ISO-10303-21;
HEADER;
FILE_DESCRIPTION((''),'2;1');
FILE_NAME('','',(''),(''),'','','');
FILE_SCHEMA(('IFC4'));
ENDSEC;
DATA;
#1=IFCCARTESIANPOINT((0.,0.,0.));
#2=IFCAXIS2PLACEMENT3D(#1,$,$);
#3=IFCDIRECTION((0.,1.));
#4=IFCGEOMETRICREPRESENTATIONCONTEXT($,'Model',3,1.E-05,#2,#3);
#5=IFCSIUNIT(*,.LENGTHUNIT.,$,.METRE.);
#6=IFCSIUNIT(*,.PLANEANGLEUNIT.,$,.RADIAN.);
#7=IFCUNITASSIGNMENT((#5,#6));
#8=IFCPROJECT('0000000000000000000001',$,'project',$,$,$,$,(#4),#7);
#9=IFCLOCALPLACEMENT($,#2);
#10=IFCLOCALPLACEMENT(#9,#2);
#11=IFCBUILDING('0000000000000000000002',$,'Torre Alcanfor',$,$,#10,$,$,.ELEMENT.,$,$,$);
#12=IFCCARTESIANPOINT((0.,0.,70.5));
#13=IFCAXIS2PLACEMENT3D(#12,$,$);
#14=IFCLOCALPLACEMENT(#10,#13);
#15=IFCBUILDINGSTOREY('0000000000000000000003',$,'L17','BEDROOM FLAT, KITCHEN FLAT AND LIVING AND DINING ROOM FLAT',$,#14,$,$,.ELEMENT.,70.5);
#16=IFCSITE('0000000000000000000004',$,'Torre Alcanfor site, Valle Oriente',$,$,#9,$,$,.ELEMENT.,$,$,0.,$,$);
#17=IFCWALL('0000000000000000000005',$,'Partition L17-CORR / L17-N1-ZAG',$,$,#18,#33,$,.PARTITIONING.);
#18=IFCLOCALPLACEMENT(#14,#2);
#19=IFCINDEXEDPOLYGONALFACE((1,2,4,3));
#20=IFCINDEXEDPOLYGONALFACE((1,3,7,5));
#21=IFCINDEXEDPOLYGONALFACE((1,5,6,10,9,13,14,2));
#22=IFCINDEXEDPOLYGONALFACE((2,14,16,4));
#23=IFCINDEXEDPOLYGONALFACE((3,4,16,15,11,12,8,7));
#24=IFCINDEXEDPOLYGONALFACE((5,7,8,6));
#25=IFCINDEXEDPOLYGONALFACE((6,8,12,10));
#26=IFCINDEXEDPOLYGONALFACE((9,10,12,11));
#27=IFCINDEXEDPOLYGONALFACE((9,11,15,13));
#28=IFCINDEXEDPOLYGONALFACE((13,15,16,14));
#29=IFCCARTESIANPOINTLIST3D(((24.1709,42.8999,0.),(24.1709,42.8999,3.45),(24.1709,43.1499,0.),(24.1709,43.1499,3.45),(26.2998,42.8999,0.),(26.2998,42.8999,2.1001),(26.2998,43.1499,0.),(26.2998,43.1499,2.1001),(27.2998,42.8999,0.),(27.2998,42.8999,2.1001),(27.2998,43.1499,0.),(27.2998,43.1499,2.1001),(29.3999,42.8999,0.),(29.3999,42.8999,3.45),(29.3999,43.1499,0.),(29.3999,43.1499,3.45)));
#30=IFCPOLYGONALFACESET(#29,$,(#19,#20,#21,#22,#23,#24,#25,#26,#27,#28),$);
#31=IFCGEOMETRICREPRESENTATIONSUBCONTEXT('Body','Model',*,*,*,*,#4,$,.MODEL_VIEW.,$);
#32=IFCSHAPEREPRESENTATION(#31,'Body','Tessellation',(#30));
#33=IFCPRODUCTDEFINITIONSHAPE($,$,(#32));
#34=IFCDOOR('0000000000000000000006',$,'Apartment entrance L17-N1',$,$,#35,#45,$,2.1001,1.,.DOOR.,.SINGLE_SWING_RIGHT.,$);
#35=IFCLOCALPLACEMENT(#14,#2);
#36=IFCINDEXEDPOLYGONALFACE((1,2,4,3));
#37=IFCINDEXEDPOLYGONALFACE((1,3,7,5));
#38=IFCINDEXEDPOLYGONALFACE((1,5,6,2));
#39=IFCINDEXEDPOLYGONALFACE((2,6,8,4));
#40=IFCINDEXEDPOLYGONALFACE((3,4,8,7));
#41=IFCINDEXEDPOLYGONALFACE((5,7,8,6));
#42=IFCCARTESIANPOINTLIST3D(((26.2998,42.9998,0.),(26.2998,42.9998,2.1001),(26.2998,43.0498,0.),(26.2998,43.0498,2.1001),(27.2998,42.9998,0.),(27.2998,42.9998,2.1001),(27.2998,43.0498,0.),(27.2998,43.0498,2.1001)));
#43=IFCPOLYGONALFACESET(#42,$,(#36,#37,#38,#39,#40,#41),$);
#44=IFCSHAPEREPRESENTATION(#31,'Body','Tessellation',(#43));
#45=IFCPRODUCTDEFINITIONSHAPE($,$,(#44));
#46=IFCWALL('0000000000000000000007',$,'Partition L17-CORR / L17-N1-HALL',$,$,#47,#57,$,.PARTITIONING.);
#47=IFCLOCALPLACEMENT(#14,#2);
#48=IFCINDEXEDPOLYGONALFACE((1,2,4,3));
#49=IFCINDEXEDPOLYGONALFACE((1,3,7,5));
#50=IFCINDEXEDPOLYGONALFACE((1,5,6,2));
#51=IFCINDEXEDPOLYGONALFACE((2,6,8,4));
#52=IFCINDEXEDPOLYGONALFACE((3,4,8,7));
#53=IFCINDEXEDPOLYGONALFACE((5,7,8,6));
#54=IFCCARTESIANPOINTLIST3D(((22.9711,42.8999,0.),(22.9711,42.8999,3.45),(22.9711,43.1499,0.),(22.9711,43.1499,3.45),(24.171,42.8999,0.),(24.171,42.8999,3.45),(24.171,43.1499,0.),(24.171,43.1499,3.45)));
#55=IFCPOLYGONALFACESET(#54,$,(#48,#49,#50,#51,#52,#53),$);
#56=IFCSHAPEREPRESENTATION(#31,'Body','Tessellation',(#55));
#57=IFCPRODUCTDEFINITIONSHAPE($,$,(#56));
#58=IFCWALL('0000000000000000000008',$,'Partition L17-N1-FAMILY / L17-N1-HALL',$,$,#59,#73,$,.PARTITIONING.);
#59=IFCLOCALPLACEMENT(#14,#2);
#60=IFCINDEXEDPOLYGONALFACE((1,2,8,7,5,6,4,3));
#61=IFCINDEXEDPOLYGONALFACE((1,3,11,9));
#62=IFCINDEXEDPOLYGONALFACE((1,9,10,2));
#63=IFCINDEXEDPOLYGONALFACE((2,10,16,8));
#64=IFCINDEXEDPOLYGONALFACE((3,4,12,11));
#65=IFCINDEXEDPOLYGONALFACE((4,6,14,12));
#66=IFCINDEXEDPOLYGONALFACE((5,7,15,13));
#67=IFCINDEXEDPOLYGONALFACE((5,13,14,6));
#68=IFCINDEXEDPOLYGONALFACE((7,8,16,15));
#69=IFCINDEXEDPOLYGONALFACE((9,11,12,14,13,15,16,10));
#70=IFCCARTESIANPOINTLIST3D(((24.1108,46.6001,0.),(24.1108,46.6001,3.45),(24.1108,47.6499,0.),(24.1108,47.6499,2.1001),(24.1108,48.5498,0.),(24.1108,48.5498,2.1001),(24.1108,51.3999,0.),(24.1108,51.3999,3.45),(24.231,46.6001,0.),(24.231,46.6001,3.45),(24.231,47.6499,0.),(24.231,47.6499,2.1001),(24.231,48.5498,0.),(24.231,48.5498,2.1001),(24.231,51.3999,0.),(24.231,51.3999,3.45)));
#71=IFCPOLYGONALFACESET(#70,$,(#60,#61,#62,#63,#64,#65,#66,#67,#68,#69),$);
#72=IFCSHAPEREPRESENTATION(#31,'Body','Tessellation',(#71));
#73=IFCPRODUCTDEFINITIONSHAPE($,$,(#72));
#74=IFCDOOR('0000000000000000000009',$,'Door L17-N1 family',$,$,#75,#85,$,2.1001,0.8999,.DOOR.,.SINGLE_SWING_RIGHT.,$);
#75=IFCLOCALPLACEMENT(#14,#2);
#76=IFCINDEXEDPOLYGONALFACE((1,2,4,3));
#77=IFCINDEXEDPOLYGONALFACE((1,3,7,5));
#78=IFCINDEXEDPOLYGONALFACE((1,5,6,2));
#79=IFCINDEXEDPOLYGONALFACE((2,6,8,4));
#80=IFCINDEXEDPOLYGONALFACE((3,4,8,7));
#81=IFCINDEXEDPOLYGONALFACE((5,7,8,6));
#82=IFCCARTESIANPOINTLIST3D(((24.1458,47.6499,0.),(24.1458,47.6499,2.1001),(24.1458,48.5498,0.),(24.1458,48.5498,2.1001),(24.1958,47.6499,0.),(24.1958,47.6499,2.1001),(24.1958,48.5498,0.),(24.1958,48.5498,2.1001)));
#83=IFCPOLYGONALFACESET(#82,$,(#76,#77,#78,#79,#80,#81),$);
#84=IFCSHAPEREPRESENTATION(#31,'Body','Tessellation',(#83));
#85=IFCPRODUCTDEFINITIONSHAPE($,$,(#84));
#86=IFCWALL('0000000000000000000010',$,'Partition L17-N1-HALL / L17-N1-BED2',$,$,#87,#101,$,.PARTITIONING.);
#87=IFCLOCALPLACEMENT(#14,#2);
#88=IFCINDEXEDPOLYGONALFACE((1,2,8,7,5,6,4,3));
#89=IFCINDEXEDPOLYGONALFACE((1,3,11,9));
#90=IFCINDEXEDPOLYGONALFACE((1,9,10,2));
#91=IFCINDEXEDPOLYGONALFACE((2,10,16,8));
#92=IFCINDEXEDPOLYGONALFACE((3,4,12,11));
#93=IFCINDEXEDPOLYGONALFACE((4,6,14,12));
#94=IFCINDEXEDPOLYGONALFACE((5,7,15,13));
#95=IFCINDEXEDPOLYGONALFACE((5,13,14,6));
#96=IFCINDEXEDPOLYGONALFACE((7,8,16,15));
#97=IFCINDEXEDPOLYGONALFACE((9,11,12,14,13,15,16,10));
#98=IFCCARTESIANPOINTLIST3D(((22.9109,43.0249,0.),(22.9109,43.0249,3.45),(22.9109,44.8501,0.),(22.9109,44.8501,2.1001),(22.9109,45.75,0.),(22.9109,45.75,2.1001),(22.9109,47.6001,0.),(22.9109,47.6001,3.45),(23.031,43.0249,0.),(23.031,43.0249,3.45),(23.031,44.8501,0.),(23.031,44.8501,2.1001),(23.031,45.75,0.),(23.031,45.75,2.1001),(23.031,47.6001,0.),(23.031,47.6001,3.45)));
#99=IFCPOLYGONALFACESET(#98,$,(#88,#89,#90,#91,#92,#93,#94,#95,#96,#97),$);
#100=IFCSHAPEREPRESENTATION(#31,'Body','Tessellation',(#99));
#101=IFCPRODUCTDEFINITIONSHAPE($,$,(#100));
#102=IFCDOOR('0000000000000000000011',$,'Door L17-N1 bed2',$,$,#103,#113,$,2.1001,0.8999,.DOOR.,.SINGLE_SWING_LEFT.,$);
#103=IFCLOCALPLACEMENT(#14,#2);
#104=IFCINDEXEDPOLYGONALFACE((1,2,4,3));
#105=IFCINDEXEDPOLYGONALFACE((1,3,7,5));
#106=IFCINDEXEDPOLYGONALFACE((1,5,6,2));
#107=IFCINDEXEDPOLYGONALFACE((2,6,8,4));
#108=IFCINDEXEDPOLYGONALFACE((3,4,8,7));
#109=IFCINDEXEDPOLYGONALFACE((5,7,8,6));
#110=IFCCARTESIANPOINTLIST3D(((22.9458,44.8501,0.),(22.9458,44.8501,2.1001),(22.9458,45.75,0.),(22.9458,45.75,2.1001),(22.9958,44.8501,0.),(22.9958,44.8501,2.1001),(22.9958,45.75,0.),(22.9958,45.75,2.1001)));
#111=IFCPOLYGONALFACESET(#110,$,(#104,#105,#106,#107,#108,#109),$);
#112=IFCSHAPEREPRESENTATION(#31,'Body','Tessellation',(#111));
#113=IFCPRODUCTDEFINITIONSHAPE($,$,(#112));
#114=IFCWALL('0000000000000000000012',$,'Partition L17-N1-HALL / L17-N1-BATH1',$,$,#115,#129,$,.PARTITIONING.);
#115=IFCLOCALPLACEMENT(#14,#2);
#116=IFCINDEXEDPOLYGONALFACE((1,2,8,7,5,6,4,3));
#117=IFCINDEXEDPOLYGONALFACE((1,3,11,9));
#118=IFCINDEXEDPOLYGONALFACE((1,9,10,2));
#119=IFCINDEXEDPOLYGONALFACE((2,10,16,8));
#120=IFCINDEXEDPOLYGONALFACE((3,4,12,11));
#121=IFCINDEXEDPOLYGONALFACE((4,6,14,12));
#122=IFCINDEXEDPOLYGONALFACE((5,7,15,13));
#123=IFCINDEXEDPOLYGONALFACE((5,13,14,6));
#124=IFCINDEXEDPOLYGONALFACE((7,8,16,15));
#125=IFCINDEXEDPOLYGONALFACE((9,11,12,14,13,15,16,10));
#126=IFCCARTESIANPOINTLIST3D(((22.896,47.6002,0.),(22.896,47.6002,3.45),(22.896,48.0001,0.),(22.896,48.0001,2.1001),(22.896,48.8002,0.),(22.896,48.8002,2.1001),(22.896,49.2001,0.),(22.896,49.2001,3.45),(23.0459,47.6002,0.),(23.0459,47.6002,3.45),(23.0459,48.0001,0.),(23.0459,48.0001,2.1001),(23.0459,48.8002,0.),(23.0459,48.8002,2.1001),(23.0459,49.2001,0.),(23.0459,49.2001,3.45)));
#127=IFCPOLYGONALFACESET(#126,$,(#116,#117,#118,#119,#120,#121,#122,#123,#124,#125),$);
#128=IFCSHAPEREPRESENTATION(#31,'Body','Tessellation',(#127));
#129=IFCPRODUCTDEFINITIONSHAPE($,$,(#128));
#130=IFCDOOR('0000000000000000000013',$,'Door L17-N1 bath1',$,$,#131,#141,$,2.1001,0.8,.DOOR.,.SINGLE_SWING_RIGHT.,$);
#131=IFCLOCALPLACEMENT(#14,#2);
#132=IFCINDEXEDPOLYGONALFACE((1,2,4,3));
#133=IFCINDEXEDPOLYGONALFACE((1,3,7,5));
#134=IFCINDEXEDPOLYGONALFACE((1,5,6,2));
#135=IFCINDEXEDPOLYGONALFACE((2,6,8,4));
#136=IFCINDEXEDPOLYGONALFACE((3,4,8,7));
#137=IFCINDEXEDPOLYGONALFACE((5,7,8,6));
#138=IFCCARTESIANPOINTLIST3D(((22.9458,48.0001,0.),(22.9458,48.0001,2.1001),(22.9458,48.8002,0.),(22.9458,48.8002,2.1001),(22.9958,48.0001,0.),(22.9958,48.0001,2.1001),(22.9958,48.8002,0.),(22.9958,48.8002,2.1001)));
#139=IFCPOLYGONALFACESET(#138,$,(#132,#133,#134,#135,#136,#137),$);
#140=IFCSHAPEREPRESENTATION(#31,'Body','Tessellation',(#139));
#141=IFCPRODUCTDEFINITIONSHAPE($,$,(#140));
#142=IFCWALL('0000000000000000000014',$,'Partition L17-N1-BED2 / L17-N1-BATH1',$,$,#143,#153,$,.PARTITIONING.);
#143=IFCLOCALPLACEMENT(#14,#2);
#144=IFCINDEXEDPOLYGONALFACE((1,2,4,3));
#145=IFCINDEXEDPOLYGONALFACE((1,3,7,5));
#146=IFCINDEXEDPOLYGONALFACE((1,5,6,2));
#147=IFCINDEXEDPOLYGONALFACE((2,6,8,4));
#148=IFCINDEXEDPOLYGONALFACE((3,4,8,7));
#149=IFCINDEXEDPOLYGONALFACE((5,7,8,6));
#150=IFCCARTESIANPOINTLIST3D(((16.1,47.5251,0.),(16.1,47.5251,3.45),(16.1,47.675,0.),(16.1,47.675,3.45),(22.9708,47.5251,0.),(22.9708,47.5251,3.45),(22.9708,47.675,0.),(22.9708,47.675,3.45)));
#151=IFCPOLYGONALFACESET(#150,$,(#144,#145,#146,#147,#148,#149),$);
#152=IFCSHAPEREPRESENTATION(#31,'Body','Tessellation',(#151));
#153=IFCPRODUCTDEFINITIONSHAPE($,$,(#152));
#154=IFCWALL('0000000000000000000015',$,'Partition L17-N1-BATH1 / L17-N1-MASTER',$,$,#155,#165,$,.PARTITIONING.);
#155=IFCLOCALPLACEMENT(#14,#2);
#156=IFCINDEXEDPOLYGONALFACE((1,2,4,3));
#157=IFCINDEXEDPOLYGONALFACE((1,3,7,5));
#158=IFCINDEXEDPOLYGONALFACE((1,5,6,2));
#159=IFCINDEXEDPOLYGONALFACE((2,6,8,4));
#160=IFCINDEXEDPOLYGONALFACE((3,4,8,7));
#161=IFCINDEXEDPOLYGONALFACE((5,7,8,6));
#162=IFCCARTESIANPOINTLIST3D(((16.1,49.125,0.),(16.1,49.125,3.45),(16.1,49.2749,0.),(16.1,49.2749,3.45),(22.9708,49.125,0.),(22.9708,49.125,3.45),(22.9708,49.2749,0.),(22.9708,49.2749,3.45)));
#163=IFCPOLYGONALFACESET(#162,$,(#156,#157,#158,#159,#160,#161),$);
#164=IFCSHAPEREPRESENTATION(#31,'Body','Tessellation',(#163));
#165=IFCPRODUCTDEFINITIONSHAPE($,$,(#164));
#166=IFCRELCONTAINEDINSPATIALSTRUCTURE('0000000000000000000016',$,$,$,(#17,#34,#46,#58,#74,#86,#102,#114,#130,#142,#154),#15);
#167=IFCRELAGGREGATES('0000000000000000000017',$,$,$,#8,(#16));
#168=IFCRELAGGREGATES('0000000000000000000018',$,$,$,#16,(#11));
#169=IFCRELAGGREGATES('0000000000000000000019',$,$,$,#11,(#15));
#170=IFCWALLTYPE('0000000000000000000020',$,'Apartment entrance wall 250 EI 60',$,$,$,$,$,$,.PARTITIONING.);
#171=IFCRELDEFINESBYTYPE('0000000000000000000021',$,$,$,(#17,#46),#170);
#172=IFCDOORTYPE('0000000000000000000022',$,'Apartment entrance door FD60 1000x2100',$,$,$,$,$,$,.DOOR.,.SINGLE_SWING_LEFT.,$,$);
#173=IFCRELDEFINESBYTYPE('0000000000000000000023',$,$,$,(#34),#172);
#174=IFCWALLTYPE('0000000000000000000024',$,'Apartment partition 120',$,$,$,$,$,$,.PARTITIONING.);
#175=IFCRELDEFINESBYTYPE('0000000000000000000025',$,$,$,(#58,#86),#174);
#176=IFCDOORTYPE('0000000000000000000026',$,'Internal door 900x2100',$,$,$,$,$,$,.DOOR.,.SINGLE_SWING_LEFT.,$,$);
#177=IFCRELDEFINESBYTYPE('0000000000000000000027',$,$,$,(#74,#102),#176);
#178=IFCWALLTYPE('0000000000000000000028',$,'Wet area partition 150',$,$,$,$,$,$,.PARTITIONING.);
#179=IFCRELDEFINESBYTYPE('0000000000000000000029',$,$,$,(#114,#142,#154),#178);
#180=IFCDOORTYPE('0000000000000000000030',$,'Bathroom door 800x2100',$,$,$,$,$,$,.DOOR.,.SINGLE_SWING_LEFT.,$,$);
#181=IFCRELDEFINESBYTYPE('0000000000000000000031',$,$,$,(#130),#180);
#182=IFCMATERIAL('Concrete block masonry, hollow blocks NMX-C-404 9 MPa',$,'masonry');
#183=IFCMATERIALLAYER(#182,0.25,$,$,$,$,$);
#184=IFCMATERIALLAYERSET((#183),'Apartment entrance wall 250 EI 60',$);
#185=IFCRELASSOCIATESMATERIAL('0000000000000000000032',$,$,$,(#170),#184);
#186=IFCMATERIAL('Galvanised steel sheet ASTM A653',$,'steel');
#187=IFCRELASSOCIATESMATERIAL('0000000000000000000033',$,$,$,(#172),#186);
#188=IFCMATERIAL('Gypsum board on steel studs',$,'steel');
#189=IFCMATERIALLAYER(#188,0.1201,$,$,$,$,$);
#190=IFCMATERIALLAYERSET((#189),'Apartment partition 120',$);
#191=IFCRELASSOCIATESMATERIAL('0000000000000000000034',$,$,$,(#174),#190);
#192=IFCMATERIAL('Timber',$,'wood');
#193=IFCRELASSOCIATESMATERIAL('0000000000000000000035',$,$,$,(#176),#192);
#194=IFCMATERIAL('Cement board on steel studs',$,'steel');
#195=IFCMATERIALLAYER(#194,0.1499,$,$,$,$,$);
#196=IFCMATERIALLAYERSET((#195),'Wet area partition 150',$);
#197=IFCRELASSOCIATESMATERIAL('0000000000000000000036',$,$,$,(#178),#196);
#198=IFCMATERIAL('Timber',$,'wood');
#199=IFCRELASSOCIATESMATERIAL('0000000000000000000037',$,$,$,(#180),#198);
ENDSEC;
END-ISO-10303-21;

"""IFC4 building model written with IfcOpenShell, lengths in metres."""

from ifc_helpers import new_model, si_unit, direction, frame, frame_2d, origin, place, context, subcontext, project, spatial, rectangle, extrude, material, layer, layer_set, type_object, element, fill, save


model = new_model("IFC4")

# Units and contexts
model_context = context("Model", 3, precision=1e-05, world=origin(), true_north=direction((0.0, 1.0)))
body_context = subcontext(model_context, "Body", "Model", "MODEL_VIEW")
ifc_project = project(units=[si_unit("LENGTHUNIT", "METRE"), si_unit("PLANEANGLEUNIT", "RADIAN")], contexts=[model_context])

# Site, building, storey
site_placement = place(None, origin())
site = spatial("IfcSite", under=ifc_project, at=site_placement, Name="Torre Alcanfor site, Valle Oriente", CompositionType="ELEMENT", RefElevation=0.0)
building_placement = place(site_placement, origin())
building = spatial("IfcBuilding", under=site, at=building_placement, Name="Torre Alcanfor", CompositionType="ELEMENT")
storey_placement = place(building_placement, frame((0.0, 0.0, 70.5)))
storey = spatial("IfcBuildingStorey", under=building, at=storey_placement, Name="L17", Description="BEDROOM FLAT, KITCHEN FLAT AND LIVING AND DINING ROOM FLAT", CompositionType="ELEMENT", Elevation=70.5)

# Wall, opening, door
ifc_material_1 = material(Name="Concrete block masonry, hollow blocks NMX-C-404 9 MPa", Category="masonry")
ifc_layer_1 = layer(ifc_material_1, 0.25)
ifc_layer_set_1 = layer_set([ifc_layer_1], Name="Apartment entrance wall 250 EI 60")
wall_type_1 = type_object("IfcWallType", Name="Apartment entrance wall 250 EI 60", PredefinedType="PARTITIONING", material=ifc_layer_set_1)
wall_1_placement = place(storey_placement, frame((24.1709, 43.0249, 0.0), z_axis=(0.0, 0.0, 1.0), x_axis=(1.0, 0.0, 0.0)))
wall_1 = element("IfcWall", 1, at=wall_1_placement, inside=storey, type_object=wall_type_1, Name="Partition L17-CORR / L17-N1-ZAG", PredefinedType="PARTITIONING", context=body_context, shape_type="SweptSolid", body=[
    extrude(rectangle(XDim=5.229, YDim=0.25, at=frame_2d((2.6145, 0.0))), origin(), (0.0, 0.0, 1.0), 3.45),
])
opening_1_placement = place(wall_1_placement, frame((2.1289, 0.0, 0.0)))
opening_1 = element("IfcOpeningElement", 2, at=opening_1_placement, cuts=wall_1, PredefinedType="OPENING", context=body_context, shape_type="SweptSolid", body=[
    extrude(rectangle(XDim=1.0, YDim=2.1001, at=frame_2d((0.5, 1.05))), frame((0.0, 0.135, 0.0), z_axis=(0.0, -1.0, 0.0), x_axis=(1.0, 0.0, 0.0)), (0.0, 0.0, 1.0), 0.27),
])
ifc_material_2 = material(Name="Galvanised steel sheet ASTM A653", Category="steel")
door_type_1 = type_object("IfcDoorType", Name="Apartment entrance door FD60 1000x2100", OperationType="SINGLE_SWING_LEFT", PredefinedType="DOOR", material=ifc_material_2)
door_1_placement = place(opening_1_placement, origin())
door_1 = element("IfcDoor", 3, at=door_1_placement, inside=storey, type_object=door_type_1, Name="Apartment entrance L17-N1", OperationType="SINGLE_SWING_RIGHT", OverallHeight=2.1001, OverallWidth=1.0, PredefinedType="DOOR", context=body_context, shape_type="SweptSolid", body=[
    extrude(rectangle(XDim=1.0, YDim=2.1001, at=frame_2d((0.5, 1.05))), frame((0.0, 0.0249, 0.0), z_axis=(0.0, -1.0, 0.0), x_axis=(1.0, 0.0, 0.0)), (0.0, 0.0, 1.0), 0.05),
])
fill(opening_1, door_1)

# Wall
wall_2_placement = place(storey_placement, frame((22.9709, 43.0249, 0.0), z_axis=(0.0, 0.0, 1.0), x_axis=(1.0, 0.0, 0.0)))
element("IfcWall", 4, at=wall_2_placement, inside=storey, type_object=wall_type_1, Name="Partition L17-CORR / L17-N1-HALL", PredefinedType="PARTITIONING", context=body_context, shape_type="SweptSolid", body=[
    extrude(rectangle(XDim=1.2, YDim=0.25, at=frame_2d((0.6001, 0.0))), origin(), (0.0, 0.0, 1.0), 3.45),
])

# Walls, openings, doors
ifc_material_3 = material(Name="Gypsum board on steel studs", Category="steel")
ifc_layer_2 = layer(ifc_material_3, 0.1201)
ifc_layer_set_2 = layer_set([ifc_layer_2], Name="Apartment partition 120")
wall_type_2 = type_object("IfcWallType", Name="Apartment partition 120", PredefinedType="PARTITIONING", material=ifc_layer_set_2)
wall_3_placement = place(storey_placement, frame((24.1709, 51.3999, 0.0), z_axis=(0.0, 0.0, 1.0), x_axis=(0.0, -1.0, 0.0)))
wall_3 = element("IfcWall", 5, at=wall_3_placement, inside=storey, type_object=wall_type_2, Name="Partition L17-N1-FAMILY / L17-N1-HALL", PredefinedType="PARTITIONING", context=body_context, shape_type="SweptSolid", body=[
    extrude(rectangle(XDim=4.7998, YDim=0.1201, at=frame_2d((2.3999, 0.0))), origin(), (0.0, 0.0, 1.0), 3.45),
])
opening_2_placement = place(wall_3_placement, frame((2.8501, 0.0, 0.0)))
opening_2 = element("IfcOpeningElement", 6, at=opening_2_placement, cuts=wall_3, PredefinedType="OPENING", context=body_context, shape_type="SweptSolid", body=[
    extrude(rectangle(XDim=0.8999, YDim=2.1001, at=frame_2d((0.45, 1.05))), frame((0.0, 0.0701, 0.0), z_axis=(0.0, -1.0, 0.0), x_axis=(1.0, 0.0, 0.0)), (0.0, 0.0, 1.0), 0.1401),
])
ifc_material_4 = material(Name="Timber", Category="wood")
door_type_2 = type_object("IfcDoorType", Name="Internal door 900x2100", OperationType="SINGLE_SWING_LEFT", PredefinedType="DOOR", material=ifc_material_4)
door_2_placement = place(opening_2_placement, origin())
door_2 = element("IfcDoor", 7, at=door_2_placement, inside=storey, type_object=door_type_2, Name="Door L17-N1 family", OperationType="SINGLE_SWING_RIGHT", OverallHeight=2.1001, OverallWidth=0.8999, PredefinedType="DOOR", context=body_context, shape_type="SweptSolid", body=[
    extrude(rectangle(XDim=0.8999, YDim=2.1001, at=frame_2d((0.45, 1.05))), frame((0.0, 0.0249, 0.0), z_axis=(0.0, -1.0, 0.0), x_axis=(1.0, 0.0, 0.0)), (0.0, 0.0, 1.0), 0.05),
])
fill(opening_2, door_2)
wall_4_placement = place(storey_placement, frame((22.9709, 47.6001, 0.0), z_axis=(0.0, 0.0, 1.0), x_axis=(0.0, -1.0, 0.0)))
wall_4 = element("IfcWall", 8, at=wall_4_placement, inside=storey, type_object=wall_type_2, Name="Partition L17-N1-HALL / L17-N1-BED2", PredefinedType="PARTITIONING", context=body_context, shape_type="SweptSolid", body=[
    extrude(rectangle(XDim=4.5752, YDim=0.1201, at=frame_2d((2.2876, 0.0))), origin(), (0.0, 0.0, 1.0), 3.45),
])
opening_3_placement = place(wall_4_placement, frame((1.8501, 0.0, 0.0)))
opening_3 = element("IfcOpeningElement", 9, at=opening_3_placement, cuts=wall_4, PredefinedType="OPENING", context=body_context, shape_type="SweptSolid", body=[
    extrude(rectangle(XDim=0.8999, YDim=2.1001, at=frame_2d((0.45, 1.05))), frame((0.0, 0.0701, 0.0), z_axis=(0.0, -1.0, 0.0), x_axis=(1.0, 0.0, 0.0)), (0.0, 0.0, 1.0), 0.1401),
])
door_3_placement = place(opening_3_placement, frame((0.8999, 0.0, 0.0), z_axis=(0.0, 0.0, 1.0), x_axis=(-1.0, 0.0, 0.0)))
door_3 = element("IfcDoor", 10, at=door_3_placement, inside=storey, type_object=door_type_2, Name="Door L17-N1 bed2", OperationType="SINGLE_SWING_LEFT", OverallHeight=2.1001, OverallWidth=0.8999, PredefinedType="DOOR", context=body_context, shape_type="SweptSolid", body=[
    extrude(rectangle(XDim=0.8999, YDim=2.1001, at=frame_2d((0.45, 1.05))), frame((0.0, 0.0251, 0.0), z_axis=(0.0, -1.0, 0.0), x_axis=(1.0, 0.0, 0.0)), (0.0, 0.0, 1.0), 0.05),
])
fill(opening_3, door_3)
ifc_material_5 = material(Name="Cement board on steel studs", Category="steel")
ifc_layer_3 = layer(ifc_material_5, 0.1499)
ifc_layer_set_3 = layer_set([ifc_layer_3], Name="Wet area partition 150")
wall_type_3 = type_object("IfcWallType", Name="Wet area partition 150", PredefinedType="PARTITIONING", material=ifc_layer_set_3)
wall_5_placement = place(storey_placement, frame((22.9709, 49.2, 0.0), z_axis=(0.0, 0.0, 1.0), x_axis=(0.0, -1.0, 0.0)))
wall_5 = element("IfcWall", 11, at=wall_5_placement, inside=storey, type_object=wall_type_3, Name="Partition L17-N1-HALL / L17-N1-BATH1", PredefinedType="PARTITIONING", context=body_context, shape_type="SweptSolid", body=[
    extrude(rectangle(XDim=1.5999, YDim=0.1499, at=frame_2d((0.7998, 0.0))), origin(), (0.0, 0.0, 1.0), 3.45),
])
opening_4_placement = place(wall_5_placement, frame((0.3999, 0.0, 0.0)))
opening_4 = element("IfcOpeningElement", 12, at=opening_4_placement, cuts=wall_5, PredefinedType="OPENING", context=body_context, shape_type="SweptSolid", body=[
    extrude(rectangle(XDim=0.8, YDim=2.1001, at=frame_2d((0.3999, 1.05))), frame((0.0, 0.085, 0.0), z_axis=(0.0, -1.0, 0.0), x_axis=(1.0, 0.0, 0.0)), (0.0, 0.0, 1.0), 0.1699),
])
ifc_material_6 = material(Name="Timber", Category="wood")
door_type_3 = type_object("IfcDoorType", Name="Bathroom door 800x2100", OperationType="SINGLE_SWING_LEFT", PredefinedType="DOOR", material=ifc_material_6)
door_4_placement = place(opening_4_placement, frame((0.8, 0.0, 0.0), z_axis=(0.0, 0.0, 1.0), x_axis=(-1.0, 0.0, 0.0)))
door_4 = element("IfcDoor", 13, at=door_4_placement, inside=storey, type_object=door_type_3, Name="Door L17-N1 bath1", OperationType="SINGLE_SWING_RIGHT", OverallHeight=2.1001, OverallWidth=0.8, PredefinedType="DOOR", context=body_context, shape_type="SweptSolid", body=[
    extrude(rectangle(XDim=0.8, YDim=2.1001, at=frame_2d((0.4001, 1.05))), frame((0.0, 0.0251, 0.0), z_axis=(0.0, -1.0, 0.0), x_axis=(1.0, 0.0, 0.0)), (0.0, 0.0, 1.0), 0.05),
])
fill(opening_4, door_4)

# Walls
for number, where, z_axis, x_axis, name in (
    (14, (22.9709, 47.6001, 0.0), (0.0, 0.0, 1.0), (-1.0, 0.0, 0.0), "Partition L17-N1-BED2 / L17-N1-BATH1"),
    (15, (22.9709, 49.2, 0.0), (0.0, 0.0, 1.0), (-1.0, 0.0, 0.0), "Partition L17-N1-BATH1 / L17-N1-MASTER"),
):
    element("IfcWall", number, at=place(storey_placement, frame(where, z_axis=z_axis, x_axis=x_axis)), inside=storey, type_object=wall_type_3, Name=name, PredefinedType="PARTITIONING", context=body_context, shape_type="SweptSolid", body=[
        extrude(rectangle(XDim=6.8708, YDim=0.1499, at=frame_2d((3.4355, 0.0))), origin(), (0.0, 0.0, 1.0), 3.45),
    ])

save(model, "model.ifc")
